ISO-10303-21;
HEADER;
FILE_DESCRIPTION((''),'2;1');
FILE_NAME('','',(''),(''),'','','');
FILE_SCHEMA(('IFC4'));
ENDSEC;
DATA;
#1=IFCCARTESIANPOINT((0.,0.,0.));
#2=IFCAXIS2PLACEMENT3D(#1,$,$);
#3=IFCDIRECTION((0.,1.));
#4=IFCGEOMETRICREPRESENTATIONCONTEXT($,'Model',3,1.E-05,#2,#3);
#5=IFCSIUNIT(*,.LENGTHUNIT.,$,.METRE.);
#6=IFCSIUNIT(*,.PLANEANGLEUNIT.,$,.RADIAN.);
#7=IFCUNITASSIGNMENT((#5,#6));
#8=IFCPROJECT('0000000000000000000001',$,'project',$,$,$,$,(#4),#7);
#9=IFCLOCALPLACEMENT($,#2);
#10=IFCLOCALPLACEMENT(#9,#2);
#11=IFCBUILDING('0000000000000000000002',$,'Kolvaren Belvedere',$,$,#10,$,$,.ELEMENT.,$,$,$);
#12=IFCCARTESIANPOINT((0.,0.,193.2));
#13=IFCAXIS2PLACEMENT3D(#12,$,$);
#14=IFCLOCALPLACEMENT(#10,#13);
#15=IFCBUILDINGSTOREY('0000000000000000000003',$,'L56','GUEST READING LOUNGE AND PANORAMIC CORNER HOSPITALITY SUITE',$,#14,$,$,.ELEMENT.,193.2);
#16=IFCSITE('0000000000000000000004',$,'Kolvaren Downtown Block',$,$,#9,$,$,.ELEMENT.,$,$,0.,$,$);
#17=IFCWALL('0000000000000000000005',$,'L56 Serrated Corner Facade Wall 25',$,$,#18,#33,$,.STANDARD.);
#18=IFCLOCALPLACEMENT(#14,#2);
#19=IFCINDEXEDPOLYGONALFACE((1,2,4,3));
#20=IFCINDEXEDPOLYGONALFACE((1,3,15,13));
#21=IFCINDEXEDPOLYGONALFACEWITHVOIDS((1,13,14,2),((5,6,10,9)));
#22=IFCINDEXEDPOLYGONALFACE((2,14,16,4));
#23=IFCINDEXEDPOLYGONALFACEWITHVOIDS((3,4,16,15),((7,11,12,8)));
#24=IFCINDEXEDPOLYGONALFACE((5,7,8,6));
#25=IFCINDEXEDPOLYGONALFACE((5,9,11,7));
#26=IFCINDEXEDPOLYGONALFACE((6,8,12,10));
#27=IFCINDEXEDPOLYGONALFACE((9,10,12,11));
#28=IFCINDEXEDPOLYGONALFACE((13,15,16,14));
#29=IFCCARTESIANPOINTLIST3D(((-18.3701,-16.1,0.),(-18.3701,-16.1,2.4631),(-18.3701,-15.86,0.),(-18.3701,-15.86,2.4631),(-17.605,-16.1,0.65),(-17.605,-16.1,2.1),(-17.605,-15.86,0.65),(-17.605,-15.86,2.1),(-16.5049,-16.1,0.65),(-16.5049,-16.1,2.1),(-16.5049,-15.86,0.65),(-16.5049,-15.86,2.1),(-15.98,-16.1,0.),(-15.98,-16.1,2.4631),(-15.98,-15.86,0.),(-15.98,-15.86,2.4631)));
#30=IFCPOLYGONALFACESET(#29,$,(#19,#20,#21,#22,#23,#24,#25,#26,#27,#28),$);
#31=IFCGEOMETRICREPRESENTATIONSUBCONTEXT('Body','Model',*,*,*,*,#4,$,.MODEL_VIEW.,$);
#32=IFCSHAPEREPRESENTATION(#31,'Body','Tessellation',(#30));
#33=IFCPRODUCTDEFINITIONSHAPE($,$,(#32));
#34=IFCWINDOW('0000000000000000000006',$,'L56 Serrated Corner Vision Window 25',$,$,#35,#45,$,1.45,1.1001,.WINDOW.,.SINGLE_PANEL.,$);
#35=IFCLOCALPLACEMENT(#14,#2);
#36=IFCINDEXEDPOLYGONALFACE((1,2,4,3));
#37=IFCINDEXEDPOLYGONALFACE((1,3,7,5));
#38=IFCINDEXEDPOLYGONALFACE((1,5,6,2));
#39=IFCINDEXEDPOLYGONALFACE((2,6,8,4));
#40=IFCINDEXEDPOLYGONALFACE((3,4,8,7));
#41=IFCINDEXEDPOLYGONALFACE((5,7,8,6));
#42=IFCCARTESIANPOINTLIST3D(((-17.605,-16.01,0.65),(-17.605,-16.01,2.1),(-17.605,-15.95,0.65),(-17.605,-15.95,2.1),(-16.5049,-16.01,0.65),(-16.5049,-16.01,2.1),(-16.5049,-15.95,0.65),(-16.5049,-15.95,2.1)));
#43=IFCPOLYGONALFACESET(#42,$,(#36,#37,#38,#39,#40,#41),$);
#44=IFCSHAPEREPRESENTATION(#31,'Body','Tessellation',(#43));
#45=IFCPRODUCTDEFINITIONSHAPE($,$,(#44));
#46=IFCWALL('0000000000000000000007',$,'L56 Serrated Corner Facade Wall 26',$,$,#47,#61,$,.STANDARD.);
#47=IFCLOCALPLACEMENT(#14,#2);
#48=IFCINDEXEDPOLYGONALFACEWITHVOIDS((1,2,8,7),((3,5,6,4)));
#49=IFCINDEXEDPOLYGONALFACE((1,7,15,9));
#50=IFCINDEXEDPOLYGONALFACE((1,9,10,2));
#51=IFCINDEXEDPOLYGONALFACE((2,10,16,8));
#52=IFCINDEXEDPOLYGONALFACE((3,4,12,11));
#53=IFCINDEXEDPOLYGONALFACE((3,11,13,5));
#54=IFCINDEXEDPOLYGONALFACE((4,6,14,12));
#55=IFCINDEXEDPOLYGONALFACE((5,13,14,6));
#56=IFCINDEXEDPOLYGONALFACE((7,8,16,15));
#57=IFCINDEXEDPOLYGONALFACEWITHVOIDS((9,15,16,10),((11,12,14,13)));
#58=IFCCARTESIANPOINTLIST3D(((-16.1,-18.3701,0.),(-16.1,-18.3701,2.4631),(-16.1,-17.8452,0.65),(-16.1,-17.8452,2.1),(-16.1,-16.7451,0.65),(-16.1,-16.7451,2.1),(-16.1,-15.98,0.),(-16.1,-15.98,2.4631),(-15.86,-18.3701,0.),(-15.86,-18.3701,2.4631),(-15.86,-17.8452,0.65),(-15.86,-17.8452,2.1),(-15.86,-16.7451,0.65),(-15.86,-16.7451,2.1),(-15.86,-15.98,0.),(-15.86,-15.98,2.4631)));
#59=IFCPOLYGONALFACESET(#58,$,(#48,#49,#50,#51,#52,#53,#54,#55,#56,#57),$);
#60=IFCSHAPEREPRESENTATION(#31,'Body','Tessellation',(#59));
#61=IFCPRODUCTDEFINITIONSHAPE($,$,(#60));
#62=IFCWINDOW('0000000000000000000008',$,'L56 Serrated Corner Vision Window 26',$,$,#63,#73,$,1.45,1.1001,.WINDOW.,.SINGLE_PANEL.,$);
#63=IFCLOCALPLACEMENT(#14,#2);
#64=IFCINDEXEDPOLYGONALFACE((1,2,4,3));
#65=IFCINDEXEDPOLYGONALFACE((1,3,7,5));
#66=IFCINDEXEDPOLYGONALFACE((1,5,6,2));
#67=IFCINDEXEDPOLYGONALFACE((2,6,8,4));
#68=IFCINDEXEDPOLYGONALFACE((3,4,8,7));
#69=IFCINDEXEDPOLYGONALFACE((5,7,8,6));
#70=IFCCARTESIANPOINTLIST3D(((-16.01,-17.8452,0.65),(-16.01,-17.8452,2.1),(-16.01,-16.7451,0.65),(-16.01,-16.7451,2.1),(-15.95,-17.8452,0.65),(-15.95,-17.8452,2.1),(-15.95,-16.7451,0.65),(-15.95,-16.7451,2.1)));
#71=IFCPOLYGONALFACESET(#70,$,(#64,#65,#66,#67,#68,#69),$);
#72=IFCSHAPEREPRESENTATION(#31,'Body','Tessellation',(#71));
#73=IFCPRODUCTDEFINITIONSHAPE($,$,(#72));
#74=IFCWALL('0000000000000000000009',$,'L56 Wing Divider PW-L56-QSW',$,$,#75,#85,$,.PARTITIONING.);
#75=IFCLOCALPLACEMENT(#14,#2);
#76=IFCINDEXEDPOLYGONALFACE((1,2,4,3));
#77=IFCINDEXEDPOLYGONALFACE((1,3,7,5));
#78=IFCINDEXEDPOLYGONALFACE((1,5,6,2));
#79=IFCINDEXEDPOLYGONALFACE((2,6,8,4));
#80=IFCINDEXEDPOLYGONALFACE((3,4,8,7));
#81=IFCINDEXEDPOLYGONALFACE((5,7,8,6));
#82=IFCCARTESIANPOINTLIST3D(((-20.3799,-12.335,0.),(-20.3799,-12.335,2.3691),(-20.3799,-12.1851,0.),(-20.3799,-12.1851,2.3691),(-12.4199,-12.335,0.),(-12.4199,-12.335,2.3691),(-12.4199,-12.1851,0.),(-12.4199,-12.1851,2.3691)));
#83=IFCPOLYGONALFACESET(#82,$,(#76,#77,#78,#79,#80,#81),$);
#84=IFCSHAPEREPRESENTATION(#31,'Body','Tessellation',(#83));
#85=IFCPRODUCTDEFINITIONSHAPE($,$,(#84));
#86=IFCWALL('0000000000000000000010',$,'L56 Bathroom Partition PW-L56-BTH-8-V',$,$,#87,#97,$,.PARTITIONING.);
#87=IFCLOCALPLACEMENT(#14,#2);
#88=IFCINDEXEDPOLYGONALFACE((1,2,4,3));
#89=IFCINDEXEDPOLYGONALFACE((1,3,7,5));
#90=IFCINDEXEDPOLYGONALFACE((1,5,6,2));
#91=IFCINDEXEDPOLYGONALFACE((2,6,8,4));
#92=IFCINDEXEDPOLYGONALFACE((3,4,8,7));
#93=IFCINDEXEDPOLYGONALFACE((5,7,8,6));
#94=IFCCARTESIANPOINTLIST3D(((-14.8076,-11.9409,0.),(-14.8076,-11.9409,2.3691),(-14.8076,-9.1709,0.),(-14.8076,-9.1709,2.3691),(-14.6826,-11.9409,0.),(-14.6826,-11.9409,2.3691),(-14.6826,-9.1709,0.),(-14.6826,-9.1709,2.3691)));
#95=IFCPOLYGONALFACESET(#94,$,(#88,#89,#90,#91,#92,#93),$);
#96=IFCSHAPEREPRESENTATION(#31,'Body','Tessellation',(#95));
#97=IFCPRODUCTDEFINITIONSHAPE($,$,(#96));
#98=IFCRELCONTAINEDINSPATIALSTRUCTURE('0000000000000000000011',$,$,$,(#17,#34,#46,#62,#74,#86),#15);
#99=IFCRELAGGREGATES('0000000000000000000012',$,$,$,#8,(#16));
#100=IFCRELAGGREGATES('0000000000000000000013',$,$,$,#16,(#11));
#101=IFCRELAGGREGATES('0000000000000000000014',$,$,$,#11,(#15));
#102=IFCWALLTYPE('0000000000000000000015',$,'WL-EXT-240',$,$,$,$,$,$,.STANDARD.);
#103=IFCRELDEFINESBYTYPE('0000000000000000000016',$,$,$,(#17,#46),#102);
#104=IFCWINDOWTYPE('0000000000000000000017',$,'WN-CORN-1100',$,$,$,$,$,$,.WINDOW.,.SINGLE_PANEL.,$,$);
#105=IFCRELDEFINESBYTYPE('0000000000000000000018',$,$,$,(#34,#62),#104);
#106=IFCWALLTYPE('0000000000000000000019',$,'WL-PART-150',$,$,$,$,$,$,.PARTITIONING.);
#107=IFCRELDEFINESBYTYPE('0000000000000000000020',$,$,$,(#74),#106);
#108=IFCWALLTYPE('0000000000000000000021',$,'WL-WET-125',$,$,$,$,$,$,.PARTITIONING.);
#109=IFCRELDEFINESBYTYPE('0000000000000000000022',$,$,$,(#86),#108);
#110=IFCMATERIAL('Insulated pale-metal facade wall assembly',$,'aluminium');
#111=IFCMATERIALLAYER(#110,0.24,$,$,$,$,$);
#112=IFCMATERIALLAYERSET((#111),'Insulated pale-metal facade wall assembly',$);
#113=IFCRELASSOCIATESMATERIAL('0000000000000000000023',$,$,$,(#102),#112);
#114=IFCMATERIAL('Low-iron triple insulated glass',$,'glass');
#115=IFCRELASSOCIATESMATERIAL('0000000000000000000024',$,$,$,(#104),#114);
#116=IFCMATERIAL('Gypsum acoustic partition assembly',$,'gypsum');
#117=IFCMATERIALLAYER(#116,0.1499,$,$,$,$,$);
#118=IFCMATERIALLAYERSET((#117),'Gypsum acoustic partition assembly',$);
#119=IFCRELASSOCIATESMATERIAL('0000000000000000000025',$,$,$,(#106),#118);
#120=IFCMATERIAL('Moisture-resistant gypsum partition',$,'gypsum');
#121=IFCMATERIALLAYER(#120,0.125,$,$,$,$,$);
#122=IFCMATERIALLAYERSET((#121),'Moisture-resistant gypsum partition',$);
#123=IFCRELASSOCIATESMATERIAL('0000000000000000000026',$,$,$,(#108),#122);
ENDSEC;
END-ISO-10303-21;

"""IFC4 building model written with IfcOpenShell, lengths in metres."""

from ifc_helpers import new_model, si_unit, direction, frame, frame_2d, origin, place, context, subcontext, project, spatial, rectangle, extrude, material, layer, layer_set, type_object, element, fill, save


model = new_model("IFC4")

# Units and contexts
model_context = context("Model", 3, precision=1e-05, world=origin(), true_north=direction((0.0, 1.0)))
body_context = subcontext(model_context, "Body", "Model", "MODEL_VIEW")
ifc_project = project(units=[si_unit("LENGTHUNIT", "METRE"), si_unit("PLANEANGLEUNIT", "RADIAN")], contexts=[model_context])

# Site, building, storey
site_placement = place(None, origin())
site = spatial("IfcSite", under=ifc_project, at=site_placement, Name="Kolvaren Downtown Block", CompositionType="ELEMENT", RefElevation=0.0)
building_placement = place(site_placement, origin())
building = spatial("IfcBuilding", under=site, at=building_placement, Name="Kolvaren Belvedere", CompositionType="ELEMENT")
storey_placement = place(building_placement, frame((0.0, 0.0, 193.2)))
storey = spatial("IfcBuildingStorey", under=building, at=storey_placement, Name="L56", Description="GUEST READING LOUNGE AND PANORAMIC CORNER HOSPITALITY SUITE", CompositionType="ELEMENT", Elevation=193.2)

# Shared definitions
ifc_material_1 = material(Name="Insulated pale-metal facade wall assembly", Category="aluminium")
ifc_layer_1 = layer(ifc_material_1, 0.24)
ifc_layer_set_1 = layer_set([ifc_layer_1], Name="Insulated pale-metal facade wall assembly")
wall_type_1 = type_object("IfcWallType", Name="WL-EXT-240", PredefinedType="STANDARD", material=ifc_layer_set_1)

# Walls, openings, windows
wall_1_placement = place(storey_placement, frame((-15.98, -15.98, 0.0), z_axis=(0.0, 0.0, 1.0), x_axis=(-1.0, 0.0, 0.0)))
wall_1 = element("IfcWall", 1, at=wall_1_placement, inside=storey, type_object=wall_type_1, Name="L56 Serrated Corner Facade Wall 25", PredefinedType="STANDARD", context=body_context, shape_type="SweptSolid", body=[
    extrude(rectangle(XDim=2.3901, YDim=0.24, at=frame_2d((1.1951, 0.0))), origin(), (0.0, 0.0, 1.0), 2.4631),
])
opening_1_placement = place(wall_1_placement, frame((0.5249, 0.0, 0.6499)))
opening_1 = element("IfcOpeningElement", 2, at=opening_1_placement, cuts=wall_1, PredefinedType="OPENING", context=body_context, shape_type="SweptSolid", body=[
    extrude(rectangle(XDim=1.1001, YDim=1.45, at=frame_2d((0.55, 0.7251))), frame((0.0, 0.1299, 0.0), z_axis=(0.0, -1.0, 0.0), x_axis=(1.0, 0.0, 0.0)), (0.0, 0.0, 1.0), 0.26),
])
ifc_material_2 = material(Name="Low-iron triple insulated glass", Category="glass")
window_type_1 = type_object("IfcWindowType", Name="WN-CORN-1100", PartitioningType="SINGLE_PANEL", PredefinedType="WINDOW", material=ifc_material_2)
window_1_placement = place(opening_1_placement, origin())
window_1 = element("IfcWindow", 3, at=window_1_placement, inside=storey, type_object=window_type_1, Name="L56 Serrated Corner Vision Window 25", OverallHeight=1.45, OverallWidth=1.1001, PartitioningType="SINGLE_PANEL", PredefinedType="WINDOW", context=body_context, shape_type="SweptSolid", body=[
    extrude(rectangle(XDim=1.1001, YDim=1.45, at=frame_2d((0.55, 0.7251))), frame((0.0, 0.03, 0.0), z_axis=(0.0, -1.0, 0.0), x_axis=(1.0, 0.0, 0.0)), (0.0, 0.0, 1.0), 0.0601),
])
fill(opening_1, window_1)
wall_2_placement = place(storey_placement, frame((-15.98, -18.3701, 0.0), z_axis=(0.0, 0.0, 1.0), x_axis=(0.0, 1.0, 0.0)))
wall_2 = element("IfcWall", 4, at=wall_2_placement, inside=storey, type_object=wall_type_1, Name="L56 Serrated Corner Facade Wall 26", PredefinedType="STANDARD", context=body_context, shape_type="SweptSolid", body=[
    extrude(rectangle(XDim=2.3901, YDim=0.24, at=frame_2d((1.1951, 0.0))), origin(), (0.0, 0.0, 1.0), 2.4631),
])
opening_2_placement = place(wall_2_placement, frame((0.5249, 0.0, 0.6499)))
opening_2 = element("IfcOpeningElement", 5, at=opening_2_placement, cuts=wall_2, PredefinedType="OPENING", context=body_context, shape_type="SweptSolid", body=[
    extrude(rectangle(XDim=1.1001, YDim=1.45, at=frame_2d((0.55, 0.7251))), frame((0.0, 0.1299, 0.0), z_axis=(0.0, -1.0, 0.0), x_axis=(1.0, 0.0, 0.0)), (0.0, 0.0, 1.0), 0.26),
])
window_2_placement = place(opening_2_placement, origin())
window_2 = element("IfcWindow", 6, at=window_2_placement, inside=storey, type_object=window_type_1, Name="L56 Serrated Corner Vision Window 26", OverallHeight=1.45, OverallWidth=1.1001, PartitioningType="SINGLE_PANEL", PredefinedType="WINDOW", context=body_context, shape_type="SweptSolid", body=[
    extrude(rectangle(XDim=1.1001, YDim=1.45, at=frame_2d((0.55, 0.7251))), frame((0.0, 0.03, 0.0), z_axis=(0.0, -1.0, 0.0), x_axis=(1.0, 0.0, 0.0)), (0.0, 0.0, 1.0), 0.0601),
])
fill(opening_2, window_2)

# Walls
ifc_material_3 = material(Name="Gypsum acoustic partition assembly", Category="gypsum")
ifc_layer_2 = layer(ifc_material_3, 0.1499)
ifc_layer_set_2 = layer_set([ifc_layer_2], Name="Gypsum acoustic partition assembly")
wall_type_2 = type_object("IfcWallType", Name="WL-PART-150", PredefinedType="PARTITIONING", material=ifc_layer_set_2)
wall_3_placement = place(storey_placement, frame((-20.3799, -12.26, 0.0), z_axis=(0.0, 0.0, 1.0), x_axis=(1.0, 0.0, 0.0)))
element("IfcWall", 7, at=wall_3_placement, inside=storey, type_object=wall_type_2, Name="L56 Wing Divider PW-L56-QSW", PredefinedType="PARTITIONING", context=body_context, shape_type="SweptSolid", body=[
    extrude(rectangle(XDim=7.96, YDim=0.1499, at=frame_2d((3.98, 0.0))), origin(), (0.0, 0.0, 1.0), 2.3691),
])
ifc_material_4 = material(Name="Moisture-resistant gypsum partition", Category="gypsum")
ifc_layer_3 = layer(ifc_material_4, 0.125)
ifc_layer_set_3 = layer_set([ifc_layer_3], Name="Moisture-resistant gypsum partition")
wall_type_3 = type_object("IfcWallType", Name="WL-WET-125", PredefinedType="PARTITIONING", material=ifc_layer_set_3)
wall_4_placement = place(storey_placement, frame((-14.7451, -11.9409, 0.0), z_axis=(0.0, 0.0, 1.0), x_axis=(0.0, 1.0, 0.0)))
element("IfcWall", 8, at=wall_4_placement, inside=storey, type_object=wall_type_3, Name="L56 Bathroom Partition PW-L56-BTH-8-V", PredefinedType="PARTITIONING", context=body_context, shape_type="SweptSolid", body=[
    extrude(rectangle(XDim=2.77, YDim=0.125, at=frame_2d((1.385, 0.0))), origin(), (0.0, 0.0, 1.0), 2.3691),
])

save(model, "model.ifc")
